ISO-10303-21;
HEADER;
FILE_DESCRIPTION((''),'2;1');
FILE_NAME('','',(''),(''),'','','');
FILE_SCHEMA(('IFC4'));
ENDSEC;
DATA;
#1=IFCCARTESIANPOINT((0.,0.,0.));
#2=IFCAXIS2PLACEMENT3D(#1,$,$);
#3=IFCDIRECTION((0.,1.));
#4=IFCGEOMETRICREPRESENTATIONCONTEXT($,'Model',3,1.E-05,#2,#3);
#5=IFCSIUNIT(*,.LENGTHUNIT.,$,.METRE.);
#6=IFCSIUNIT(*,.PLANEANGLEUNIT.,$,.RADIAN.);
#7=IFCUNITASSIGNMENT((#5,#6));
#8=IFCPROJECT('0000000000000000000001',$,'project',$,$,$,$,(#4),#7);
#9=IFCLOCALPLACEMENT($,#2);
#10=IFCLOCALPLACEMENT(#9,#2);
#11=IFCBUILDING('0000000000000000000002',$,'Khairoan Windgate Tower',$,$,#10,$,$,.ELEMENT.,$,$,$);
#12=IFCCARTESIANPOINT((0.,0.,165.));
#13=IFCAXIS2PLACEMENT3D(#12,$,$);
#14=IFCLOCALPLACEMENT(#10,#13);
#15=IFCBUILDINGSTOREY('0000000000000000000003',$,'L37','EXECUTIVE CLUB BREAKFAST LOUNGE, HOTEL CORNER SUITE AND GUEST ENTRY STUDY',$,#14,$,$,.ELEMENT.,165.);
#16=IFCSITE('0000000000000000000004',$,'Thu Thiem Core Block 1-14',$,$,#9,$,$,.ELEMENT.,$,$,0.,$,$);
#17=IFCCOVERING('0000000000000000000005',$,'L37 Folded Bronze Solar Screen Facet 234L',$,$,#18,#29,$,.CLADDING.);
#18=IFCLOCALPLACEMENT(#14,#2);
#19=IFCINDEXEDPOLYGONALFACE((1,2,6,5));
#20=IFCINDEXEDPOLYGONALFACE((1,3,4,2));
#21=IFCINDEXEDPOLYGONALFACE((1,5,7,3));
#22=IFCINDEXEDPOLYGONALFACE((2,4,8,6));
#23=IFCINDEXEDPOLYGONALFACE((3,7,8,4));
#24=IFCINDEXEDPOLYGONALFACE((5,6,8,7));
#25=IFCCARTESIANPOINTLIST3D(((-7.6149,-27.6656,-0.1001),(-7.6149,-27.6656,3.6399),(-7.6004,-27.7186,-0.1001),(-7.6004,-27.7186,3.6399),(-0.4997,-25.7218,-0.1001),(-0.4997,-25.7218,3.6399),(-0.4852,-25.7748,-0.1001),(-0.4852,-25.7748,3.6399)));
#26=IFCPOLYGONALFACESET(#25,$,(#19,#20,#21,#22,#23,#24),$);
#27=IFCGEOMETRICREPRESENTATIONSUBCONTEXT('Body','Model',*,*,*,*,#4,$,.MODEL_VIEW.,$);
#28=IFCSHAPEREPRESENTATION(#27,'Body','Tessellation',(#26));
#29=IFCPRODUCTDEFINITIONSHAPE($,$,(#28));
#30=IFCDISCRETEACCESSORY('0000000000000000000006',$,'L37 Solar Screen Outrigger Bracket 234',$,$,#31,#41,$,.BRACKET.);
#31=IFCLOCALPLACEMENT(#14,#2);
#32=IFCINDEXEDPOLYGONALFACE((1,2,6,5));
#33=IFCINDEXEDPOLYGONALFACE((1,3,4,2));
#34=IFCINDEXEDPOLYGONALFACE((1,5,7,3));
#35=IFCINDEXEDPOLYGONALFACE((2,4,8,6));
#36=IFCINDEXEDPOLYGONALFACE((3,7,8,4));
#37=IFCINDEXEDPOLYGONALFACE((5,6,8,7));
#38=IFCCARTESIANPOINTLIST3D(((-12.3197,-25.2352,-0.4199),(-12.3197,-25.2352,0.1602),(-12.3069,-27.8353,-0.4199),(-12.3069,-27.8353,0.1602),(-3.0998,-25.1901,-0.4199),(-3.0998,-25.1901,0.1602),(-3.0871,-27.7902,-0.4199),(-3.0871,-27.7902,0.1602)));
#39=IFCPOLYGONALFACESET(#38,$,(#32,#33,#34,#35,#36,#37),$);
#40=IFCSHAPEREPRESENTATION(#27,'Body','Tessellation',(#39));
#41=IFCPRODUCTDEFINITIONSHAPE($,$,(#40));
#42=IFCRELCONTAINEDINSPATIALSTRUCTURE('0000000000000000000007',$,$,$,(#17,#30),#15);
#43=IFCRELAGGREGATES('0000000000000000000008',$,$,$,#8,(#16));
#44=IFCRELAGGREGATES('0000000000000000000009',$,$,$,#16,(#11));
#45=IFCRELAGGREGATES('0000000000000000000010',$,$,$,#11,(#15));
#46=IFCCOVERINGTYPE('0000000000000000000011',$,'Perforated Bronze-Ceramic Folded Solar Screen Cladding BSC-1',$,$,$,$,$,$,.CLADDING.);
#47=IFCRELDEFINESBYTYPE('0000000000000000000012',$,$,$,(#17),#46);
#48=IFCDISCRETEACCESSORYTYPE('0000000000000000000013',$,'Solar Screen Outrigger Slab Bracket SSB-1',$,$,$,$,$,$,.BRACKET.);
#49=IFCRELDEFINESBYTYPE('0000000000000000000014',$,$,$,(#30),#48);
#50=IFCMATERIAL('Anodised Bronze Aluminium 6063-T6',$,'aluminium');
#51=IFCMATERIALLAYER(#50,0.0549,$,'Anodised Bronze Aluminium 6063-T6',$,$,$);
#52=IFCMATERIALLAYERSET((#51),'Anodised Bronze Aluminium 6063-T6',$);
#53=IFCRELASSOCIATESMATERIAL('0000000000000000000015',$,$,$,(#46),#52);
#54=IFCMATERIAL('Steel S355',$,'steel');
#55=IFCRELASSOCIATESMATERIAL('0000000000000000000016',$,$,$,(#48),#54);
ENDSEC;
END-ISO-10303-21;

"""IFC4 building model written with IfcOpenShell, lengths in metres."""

from ifc_helpers import new_model, si_unit, direction, frame, origin, origin_2d, place, context, subcontext, project, spatial, rectangle, extrude, material, layer, layer_set, type_object, element, save


model = new_model("IFC4")

# Units and contexts
model_context = context("Model", 3, precision=1e-05, world=origin(), true_north=direction((0.0, 1.0)))
body_context = subcontext(model_context, "Body", "Model", "MODEL_VIEW")
ifc_project = project(units=[si_unit("LENGTHUNIT", "METRE"), si_unit("PLANEANGLEUNIT", "RADIAN")], contexts=[model_context])

# Site, building, storey
site_placement = place(None, origin())
site = spatial("IfcSite", under=ifc_project, at=site_placement, Name="Thu Thiem Core Block 1-14", CompositionType="ELEMENT", RefElevation=0.0)
building_placement = place(site_placement, origin())
building = spatial("IfcBuilding", under=site, at=building_placement, Name="Khairoan Windgate Tower", CompositionType="ELEMENT")
storey_placement = place(building_placement, frame((0.0, 0.0, 165.0)))
storey = spatial("IfcBuildingStorey", under=building, at=storey_placement, Name="L37", Description="EXECUTIVE CLUB BREAKFAST LOUNGE, HOTEL CORNER SUITE AND GUEST ENTRY STUDY", CompositionType="ELEMENT", Elevation=165.0)

# Covering
ifc_material_1 = material(Name="Anodised Bronze Aluminium 6063-T6", Category="aluminium")
ifc_layer_1 = layer(ifc_material_1, 0.0549, Name="Anodised Bronze Aluminium 6063-T6")
ifc_layer_set_1 = layer_set([ifc_layer_1], Name="Anodised Bronze Aluminium 6063-T6")
covering_type = type_object("IfcCoveringType", Name="Perforated Bronze-Ceramic Folded Solar Screen Cladding BSC-1", PredefinedType="CLADDING", material=ifc_layer_set_1)
covering_placement = place(storey_placement, frame((-4.05, -26.7202, -0.1001), z_axis=(0.0, 0.0, 1.0), x_axis=(-0.964649, -0.263536, 0.0)))
element("IfcCovering", 1, at=covering_placement, inside=storey, type_object=covering_type, Name="L37 Folded Bronze Solar Screen Facet 234L", PredefinedType="CLADDING", context=body_context, shape_type="SweptSolid", body=[
    extrude(rectangle(XDim=7.376, YDim=0.0549, at=origin_2d()), origin(), (0.0, 0.0, 1.0), 3.74),
])

# Discrete accessory
ifc_material_2 = material(Name="Steel S355", Category="steel")
discrete_accessory_type = type_object("IfcDiscreteAccessoryType", Name="Solar Screen Outrigger Slab Bracket SSB-1", PredefinedType="BRACKET", material=ifc_material_2)
discrete_accessory_placement = place(storey_placement, frame((-7.7034, -26.5127, -0.4199), z_axis=(0.0, 0.0, 1.0), x_axis=(-0.999988, -0.004887, 0.0)))
element("IfcDiscreteAccessory", 2, at=discrete_accessory_placement, inside=storey, type_object=discrete_accessory_type, Name="L37 Solar Screen Outrigger Bracket 234", PredefinedType="BRACKET", context=body_context, shape_type="SweptSolid", body=[
    extrude(rectangle(XDim=9.22, YDim=2.6001, at=origin_2d()), origin(), (0.0, 0.0, 1.0), 0.5801),
])

save(model, "model.ifc")
